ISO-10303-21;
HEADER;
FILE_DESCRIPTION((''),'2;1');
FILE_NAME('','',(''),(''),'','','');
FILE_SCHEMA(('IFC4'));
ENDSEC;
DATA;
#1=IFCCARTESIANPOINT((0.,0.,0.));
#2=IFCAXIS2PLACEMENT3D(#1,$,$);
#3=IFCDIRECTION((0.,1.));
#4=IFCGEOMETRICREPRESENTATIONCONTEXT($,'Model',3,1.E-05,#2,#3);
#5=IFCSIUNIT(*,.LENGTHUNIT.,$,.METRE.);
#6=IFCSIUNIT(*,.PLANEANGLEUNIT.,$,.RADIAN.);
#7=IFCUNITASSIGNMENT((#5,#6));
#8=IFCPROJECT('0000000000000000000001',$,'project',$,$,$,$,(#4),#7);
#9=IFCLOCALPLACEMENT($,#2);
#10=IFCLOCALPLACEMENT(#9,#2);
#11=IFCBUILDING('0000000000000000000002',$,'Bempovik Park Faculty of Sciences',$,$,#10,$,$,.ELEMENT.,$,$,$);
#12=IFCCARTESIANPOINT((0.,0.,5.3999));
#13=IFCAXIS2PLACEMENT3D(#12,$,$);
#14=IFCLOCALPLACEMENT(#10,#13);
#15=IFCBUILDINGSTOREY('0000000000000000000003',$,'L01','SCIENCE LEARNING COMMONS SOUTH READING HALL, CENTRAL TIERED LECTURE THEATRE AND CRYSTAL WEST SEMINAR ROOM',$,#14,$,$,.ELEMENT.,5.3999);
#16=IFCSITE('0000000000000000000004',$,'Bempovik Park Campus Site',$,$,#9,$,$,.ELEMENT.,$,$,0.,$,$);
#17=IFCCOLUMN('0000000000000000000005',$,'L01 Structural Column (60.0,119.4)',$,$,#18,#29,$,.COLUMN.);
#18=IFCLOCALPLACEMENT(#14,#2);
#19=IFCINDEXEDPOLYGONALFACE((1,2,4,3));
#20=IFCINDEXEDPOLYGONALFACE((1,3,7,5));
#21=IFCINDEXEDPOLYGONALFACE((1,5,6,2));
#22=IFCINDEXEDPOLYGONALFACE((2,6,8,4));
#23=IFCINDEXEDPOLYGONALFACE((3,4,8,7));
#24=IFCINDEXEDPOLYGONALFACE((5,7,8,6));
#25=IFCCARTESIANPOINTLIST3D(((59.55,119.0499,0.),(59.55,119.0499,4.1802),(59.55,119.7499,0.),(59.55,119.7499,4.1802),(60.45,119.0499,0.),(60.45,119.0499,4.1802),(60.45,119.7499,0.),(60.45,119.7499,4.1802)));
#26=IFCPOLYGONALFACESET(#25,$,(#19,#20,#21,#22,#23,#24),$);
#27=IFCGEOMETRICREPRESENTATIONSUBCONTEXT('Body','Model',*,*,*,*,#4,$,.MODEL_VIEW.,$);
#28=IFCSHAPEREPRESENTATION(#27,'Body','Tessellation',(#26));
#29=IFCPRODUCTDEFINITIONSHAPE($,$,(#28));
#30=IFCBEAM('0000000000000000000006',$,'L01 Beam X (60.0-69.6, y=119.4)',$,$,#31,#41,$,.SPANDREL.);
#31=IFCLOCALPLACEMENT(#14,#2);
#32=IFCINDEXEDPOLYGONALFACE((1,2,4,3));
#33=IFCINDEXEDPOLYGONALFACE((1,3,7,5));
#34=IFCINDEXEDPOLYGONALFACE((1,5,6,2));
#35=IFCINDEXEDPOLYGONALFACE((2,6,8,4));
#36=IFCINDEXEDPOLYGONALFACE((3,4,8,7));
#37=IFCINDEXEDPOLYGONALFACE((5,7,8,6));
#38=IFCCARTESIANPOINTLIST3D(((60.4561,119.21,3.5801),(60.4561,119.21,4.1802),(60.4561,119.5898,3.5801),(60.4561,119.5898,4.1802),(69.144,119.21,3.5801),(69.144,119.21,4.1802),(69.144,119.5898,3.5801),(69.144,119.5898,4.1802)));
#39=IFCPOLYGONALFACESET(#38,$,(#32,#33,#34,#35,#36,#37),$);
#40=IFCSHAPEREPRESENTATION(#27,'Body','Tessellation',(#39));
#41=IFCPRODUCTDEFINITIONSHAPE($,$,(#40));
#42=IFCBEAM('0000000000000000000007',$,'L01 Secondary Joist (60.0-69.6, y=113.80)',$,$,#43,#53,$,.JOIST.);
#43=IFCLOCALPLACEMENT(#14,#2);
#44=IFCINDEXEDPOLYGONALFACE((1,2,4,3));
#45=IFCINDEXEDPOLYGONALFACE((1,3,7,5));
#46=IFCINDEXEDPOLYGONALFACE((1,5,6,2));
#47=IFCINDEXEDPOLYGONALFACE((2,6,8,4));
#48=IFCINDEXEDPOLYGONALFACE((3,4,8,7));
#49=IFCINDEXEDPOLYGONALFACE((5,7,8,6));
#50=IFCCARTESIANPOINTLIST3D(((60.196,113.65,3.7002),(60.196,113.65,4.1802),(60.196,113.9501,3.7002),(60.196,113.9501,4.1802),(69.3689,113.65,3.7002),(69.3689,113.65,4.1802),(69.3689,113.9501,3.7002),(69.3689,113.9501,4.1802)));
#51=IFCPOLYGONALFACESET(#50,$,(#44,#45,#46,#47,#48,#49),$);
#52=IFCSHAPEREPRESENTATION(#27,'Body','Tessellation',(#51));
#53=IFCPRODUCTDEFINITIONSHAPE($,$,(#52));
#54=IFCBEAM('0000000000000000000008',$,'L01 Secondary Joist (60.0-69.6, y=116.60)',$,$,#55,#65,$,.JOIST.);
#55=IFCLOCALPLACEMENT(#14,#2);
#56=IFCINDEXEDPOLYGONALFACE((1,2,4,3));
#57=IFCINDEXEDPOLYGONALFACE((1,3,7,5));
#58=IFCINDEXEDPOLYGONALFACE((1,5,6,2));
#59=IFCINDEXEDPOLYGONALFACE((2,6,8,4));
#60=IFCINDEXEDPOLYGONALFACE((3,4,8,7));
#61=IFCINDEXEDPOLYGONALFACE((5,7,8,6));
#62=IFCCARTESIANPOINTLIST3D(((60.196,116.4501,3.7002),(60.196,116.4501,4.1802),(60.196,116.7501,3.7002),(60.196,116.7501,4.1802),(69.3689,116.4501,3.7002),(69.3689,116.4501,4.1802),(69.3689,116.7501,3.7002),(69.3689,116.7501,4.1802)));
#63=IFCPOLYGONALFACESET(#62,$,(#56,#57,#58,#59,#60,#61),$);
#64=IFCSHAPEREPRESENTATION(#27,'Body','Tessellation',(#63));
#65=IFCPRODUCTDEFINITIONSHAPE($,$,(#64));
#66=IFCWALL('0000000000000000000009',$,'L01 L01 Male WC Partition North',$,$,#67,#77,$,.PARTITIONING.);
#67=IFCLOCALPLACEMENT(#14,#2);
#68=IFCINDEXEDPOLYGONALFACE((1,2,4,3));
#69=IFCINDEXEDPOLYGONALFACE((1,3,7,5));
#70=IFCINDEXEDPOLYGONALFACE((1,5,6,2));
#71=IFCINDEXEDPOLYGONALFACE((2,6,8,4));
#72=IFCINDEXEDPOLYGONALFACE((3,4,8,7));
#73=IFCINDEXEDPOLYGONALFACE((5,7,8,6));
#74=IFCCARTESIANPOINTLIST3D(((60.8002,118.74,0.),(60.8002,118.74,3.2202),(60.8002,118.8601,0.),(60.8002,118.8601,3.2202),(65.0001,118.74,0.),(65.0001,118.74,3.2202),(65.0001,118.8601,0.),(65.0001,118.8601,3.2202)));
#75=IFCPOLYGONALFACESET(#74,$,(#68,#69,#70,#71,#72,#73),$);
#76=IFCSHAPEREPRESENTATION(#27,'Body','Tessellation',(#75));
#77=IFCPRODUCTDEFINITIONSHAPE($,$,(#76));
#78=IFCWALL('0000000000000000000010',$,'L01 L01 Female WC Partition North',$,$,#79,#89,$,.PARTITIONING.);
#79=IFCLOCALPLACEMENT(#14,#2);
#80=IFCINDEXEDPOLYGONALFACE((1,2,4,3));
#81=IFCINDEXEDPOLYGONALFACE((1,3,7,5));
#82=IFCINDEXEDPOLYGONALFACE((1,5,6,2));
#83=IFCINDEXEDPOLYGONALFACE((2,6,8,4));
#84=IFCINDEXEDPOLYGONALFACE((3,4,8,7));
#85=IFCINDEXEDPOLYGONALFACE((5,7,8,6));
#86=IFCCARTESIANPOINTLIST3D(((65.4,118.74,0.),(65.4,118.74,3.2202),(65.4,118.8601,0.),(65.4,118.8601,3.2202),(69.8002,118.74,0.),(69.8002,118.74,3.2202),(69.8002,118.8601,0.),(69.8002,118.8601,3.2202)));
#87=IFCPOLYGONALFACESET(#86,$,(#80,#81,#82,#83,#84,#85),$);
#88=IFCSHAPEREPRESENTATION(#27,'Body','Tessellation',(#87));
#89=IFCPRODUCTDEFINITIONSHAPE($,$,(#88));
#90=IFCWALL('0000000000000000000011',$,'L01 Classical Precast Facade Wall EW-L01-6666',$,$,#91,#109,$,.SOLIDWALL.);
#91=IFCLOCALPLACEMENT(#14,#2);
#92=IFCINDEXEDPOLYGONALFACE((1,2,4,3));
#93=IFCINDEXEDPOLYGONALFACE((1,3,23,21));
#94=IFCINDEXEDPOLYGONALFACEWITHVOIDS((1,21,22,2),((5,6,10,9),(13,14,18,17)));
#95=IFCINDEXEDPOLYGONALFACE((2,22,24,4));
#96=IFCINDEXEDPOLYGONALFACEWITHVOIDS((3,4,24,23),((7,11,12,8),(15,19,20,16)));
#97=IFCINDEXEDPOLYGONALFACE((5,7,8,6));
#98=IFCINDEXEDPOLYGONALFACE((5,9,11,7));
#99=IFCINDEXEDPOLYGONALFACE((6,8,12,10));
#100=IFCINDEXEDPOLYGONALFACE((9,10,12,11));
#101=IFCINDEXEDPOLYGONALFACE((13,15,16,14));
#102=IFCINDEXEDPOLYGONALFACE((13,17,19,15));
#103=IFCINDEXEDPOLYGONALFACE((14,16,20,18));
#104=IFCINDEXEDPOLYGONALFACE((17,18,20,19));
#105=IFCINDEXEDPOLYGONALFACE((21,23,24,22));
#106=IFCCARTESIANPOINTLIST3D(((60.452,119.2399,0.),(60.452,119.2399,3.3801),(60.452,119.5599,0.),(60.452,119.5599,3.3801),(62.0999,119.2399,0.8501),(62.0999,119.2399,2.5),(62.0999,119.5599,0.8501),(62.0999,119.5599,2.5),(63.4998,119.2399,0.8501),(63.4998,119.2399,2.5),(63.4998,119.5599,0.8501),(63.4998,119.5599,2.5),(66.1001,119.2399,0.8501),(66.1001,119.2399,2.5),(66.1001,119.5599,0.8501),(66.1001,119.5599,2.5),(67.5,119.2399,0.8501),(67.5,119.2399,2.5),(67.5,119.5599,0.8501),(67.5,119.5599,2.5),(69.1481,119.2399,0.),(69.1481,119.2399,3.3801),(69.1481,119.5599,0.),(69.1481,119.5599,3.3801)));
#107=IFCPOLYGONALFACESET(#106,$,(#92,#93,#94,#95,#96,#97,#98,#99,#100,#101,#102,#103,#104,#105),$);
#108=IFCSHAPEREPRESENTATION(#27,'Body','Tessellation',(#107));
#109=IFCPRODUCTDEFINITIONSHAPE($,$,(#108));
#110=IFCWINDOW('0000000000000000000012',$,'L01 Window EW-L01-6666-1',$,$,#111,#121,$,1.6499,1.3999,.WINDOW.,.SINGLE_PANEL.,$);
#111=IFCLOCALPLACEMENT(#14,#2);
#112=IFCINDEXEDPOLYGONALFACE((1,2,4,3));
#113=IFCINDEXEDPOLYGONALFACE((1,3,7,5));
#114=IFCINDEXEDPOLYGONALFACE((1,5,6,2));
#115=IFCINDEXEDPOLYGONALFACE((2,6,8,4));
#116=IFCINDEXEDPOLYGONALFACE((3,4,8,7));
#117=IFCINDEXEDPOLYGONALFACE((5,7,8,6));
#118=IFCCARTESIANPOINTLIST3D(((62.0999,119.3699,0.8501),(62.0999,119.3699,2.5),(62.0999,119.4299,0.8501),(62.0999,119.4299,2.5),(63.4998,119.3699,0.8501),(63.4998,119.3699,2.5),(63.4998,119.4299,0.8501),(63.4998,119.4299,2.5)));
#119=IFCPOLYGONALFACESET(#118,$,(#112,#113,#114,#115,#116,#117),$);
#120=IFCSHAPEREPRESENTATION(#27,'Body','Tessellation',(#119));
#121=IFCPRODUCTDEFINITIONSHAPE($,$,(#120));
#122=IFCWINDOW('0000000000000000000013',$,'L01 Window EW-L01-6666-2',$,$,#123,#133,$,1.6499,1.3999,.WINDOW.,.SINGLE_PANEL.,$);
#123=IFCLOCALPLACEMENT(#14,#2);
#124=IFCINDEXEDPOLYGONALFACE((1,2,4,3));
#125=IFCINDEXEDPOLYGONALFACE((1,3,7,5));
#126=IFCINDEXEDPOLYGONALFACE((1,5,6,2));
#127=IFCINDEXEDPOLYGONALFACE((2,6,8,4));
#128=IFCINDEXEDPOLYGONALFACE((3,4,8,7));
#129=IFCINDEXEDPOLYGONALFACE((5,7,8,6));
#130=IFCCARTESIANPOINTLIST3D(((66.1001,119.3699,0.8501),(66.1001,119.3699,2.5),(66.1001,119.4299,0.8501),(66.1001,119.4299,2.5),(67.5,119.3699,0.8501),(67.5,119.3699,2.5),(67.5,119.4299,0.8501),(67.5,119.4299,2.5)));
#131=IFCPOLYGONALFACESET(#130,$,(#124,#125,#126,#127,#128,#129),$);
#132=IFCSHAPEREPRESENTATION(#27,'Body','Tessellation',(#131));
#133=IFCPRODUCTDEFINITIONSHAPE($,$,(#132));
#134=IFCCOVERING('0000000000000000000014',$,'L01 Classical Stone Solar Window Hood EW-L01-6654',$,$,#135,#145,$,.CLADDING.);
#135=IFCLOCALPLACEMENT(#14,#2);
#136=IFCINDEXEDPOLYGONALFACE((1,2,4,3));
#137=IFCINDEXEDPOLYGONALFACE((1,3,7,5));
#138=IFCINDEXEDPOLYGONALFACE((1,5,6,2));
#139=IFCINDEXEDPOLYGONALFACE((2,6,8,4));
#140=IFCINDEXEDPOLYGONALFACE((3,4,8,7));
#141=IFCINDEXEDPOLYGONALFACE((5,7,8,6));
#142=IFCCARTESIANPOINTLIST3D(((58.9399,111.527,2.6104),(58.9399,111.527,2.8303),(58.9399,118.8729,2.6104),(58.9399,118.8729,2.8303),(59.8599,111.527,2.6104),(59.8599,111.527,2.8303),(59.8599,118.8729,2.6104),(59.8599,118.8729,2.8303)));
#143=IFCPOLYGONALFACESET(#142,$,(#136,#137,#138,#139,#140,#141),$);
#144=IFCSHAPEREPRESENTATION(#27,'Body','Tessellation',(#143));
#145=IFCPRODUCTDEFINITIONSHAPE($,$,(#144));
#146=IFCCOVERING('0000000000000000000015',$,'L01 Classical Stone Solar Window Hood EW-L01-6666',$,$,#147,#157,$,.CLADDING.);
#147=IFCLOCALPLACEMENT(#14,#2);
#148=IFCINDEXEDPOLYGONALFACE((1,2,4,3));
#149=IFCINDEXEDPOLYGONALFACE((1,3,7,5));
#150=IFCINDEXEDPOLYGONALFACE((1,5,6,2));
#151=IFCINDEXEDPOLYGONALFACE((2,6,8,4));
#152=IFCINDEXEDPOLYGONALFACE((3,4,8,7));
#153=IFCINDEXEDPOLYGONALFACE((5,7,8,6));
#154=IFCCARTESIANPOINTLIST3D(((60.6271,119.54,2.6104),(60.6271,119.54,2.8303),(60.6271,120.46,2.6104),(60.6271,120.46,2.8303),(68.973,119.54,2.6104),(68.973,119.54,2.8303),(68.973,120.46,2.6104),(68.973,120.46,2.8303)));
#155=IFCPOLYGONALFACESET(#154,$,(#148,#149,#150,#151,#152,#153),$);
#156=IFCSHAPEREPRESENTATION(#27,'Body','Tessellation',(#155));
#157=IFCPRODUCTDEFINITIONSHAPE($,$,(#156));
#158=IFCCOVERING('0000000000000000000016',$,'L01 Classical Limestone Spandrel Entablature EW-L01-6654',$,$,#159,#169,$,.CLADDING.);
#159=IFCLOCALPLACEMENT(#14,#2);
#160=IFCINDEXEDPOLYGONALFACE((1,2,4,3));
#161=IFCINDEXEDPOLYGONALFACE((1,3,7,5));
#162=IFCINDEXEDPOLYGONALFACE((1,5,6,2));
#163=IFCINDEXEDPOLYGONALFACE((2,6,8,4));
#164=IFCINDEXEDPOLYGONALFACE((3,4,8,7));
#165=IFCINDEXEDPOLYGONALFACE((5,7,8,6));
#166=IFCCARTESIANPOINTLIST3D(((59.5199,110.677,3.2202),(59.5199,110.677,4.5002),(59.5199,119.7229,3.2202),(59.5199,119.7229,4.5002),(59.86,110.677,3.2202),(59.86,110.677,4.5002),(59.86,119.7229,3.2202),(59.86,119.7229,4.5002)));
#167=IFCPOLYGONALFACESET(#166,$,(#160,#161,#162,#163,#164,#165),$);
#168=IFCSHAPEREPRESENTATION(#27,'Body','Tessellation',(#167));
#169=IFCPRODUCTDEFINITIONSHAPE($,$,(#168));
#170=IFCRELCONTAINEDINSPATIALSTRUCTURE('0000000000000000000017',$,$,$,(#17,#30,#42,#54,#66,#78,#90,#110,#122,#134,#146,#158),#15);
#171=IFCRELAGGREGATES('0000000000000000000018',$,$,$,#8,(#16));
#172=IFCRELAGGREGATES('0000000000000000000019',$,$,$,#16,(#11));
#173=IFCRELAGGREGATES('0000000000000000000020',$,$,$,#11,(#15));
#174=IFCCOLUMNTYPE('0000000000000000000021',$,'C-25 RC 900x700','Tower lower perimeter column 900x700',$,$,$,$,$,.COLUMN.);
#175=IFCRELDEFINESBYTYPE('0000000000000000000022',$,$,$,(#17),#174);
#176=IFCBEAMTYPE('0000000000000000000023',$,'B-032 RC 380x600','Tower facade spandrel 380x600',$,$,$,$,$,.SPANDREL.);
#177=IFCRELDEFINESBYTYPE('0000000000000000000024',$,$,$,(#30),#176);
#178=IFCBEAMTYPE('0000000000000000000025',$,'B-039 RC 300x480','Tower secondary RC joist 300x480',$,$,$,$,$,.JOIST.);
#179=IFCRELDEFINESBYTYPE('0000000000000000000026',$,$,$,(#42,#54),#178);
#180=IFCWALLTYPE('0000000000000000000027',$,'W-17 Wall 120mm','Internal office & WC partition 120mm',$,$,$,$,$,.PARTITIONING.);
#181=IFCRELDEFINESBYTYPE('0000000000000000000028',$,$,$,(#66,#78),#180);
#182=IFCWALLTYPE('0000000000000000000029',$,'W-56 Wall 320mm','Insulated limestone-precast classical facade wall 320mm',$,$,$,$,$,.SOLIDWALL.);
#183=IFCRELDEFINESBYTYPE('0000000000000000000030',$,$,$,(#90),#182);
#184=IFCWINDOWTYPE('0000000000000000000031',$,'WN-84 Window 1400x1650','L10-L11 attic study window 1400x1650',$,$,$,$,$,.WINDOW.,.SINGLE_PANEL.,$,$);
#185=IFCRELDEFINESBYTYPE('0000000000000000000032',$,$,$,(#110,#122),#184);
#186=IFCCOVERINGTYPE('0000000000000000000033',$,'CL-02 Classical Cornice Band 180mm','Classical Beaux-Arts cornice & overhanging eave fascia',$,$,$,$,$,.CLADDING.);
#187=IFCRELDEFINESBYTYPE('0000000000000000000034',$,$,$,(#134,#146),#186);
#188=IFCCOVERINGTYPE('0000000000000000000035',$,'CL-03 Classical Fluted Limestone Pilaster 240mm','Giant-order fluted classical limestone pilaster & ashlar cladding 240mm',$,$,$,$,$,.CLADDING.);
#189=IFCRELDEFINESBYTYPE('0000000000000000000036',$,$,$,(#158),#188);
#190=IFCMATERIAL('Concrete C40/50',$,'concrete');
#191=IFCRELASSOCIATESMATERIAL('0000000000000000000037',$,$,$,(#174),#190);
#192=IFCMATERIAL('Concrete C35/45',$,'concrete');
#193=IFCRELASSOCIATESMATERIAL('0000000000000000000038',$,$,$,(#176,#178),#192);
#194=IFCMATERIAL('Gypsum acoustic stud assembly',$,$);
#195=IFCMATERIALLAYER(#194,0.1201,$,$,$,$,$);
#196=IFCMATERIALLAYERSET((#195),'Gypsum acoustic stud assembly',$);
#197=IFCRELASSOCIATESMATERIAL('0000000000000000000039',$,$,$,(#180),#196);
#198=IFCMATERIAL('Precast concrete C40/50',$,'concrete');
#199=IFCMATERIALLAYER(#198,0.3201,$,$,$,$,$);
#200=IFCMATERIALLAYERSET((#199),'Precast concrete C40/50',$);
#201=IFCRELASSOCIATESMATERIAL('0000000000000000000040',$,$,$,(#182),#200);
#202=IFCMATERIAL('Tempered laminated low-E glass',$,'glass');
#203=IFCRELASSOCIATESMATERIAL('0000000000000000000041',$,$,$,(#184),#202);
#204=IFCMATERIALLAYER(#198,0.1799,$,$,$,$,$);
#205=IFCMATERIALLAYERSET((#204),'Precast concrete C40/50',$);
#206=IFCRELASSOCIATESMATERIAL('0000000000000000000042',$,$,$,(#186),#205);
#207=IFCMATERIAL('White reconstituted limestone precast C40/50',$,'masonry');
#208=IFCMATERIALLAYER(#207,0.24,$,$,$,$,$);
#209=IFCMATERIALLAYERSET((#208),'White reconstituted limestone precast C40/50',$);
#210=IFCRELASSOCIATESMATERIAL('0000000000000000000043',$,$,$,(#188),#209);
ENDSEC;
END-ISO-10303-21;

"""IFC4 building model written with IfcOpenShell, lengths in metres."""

from ifc_helpers import new_model, si_unit, direction, frame, frame_2d, origin, origin_2d, place, context, subcontext, project, spatial, rectangle, extrude, material, layer, layer_set, material_profile, profile_set, type_object, element, fill, save


model = new_model("IFC4")

# Units and contexts
model_context = context("Model", 3, precision=1e-05, world=origin(), true_north=direction((0.0, 1.0)))
body_context = subcontext(model_context, "Body", "Model", "MODEL_VIEW")
ifc_project = project(units=[si_unit("LENGTHUNIT", "METRE"), si_unit("PLANEANGLEUNIT", "RADIAN")], contexts=[model_context])

# Site, building, storey
site_placement = place(None, origin())
site = spatial("IfcSite", under=ifc_project, at=site_placement, Name="Bempovik Park Campus Site", CompositionType="ELEMENT", RefElevation=0.0)
building_placement = place(site_placement, origin())
building = spatial("IfcBuilding", under=site, at=building_placement, Name="Bempovik Park Faculty of Sciences", CompositionType="ELEMENT")
storey_placement = place(building_placement, frame((0.0, 0.0, 5.3999)))
storey = spatial("IfcBuildingStorey", under=building, at=storey_placement, Name="L01", Description="SCIENCE LEARNING COMMONS SOUTH READING HALL, CENTRAL TIERED LECTURE THEATRE AND CRYSTAL WEST SEMINAR ROOM", CompositionType="ELEMENT", Elevation=5.3999)

# Column
ifc_material_1 = material(Name="Concrete C40/50", Category="concrete")
ifc_material_profile_1 = material_profile(ifc_material_1, rectangle(XDim=0.8999, YDim=0.7, at=origin_2d()), Name="RC 900x700")
ifc_profile_set_1 = profile_set([ifc_material_profile_1], Name="Concrete C40/50")
column_type = type_object("IfcColumnType", Name="C-25 RC 900x700", Description="Tower lower perimeter column 900x700", PredefinedType="COLUMN", material=ifc_profile_set_1)
column_placement = place(storey_placement, frame((60.0, 119.3999, 0.0), z_axis=(0.0, 0.0, 1.0), x_axis=(1.0, 0.0, 0.0)))
element("IfcColumn", 1, at=column_placement, inside=storey, type_object=column_type, Name="L01 Structural Column (60.0,119.4)", PredefinedType="COLUMN", context=body_context, shape_type="SweptSolid", body=[
    extrude(rectangle(XDim=0.8999, YDim=0.7, at=origin_2d()), origin(), (0.0, 0.0, 1.0), 4.1802),
])

# Beams
ifc_material_2 = material(Name="Concrete C35/45", Category="concrete")
ifc_material_profile_2 = material_profile(ifc_material_2, rectangle(XDim=0.3799, YDim=0.6001, at=origin_2d()), Name="RC 380x600")
ifc_profile_set_2 = profile_set([ifc_material_profile_2], Name="Concrete C35/45")
beam_type_1 = type_object("IfcBeamType", Name="B-032 RC 380x600", Description="Tower facade spandrel 380x600", PredefinedType="SPANDREL", material=ifc_profile_set_2)
beam_placement = place(storey_placement, frame((60.4561, 119.3999, 3.8801), z_axis=(1.0, 0.0, 0.0), x_axis=(0.0, 1.0, 0.0)))
element("IfcBeam", 2, at=beam_placement, inside=storey, type_object=beam_type_1, Name="L01 Beam X (60.0-69.6, y=119.4)", PredefinedType="SPANDREL", context=body_context, shape_type="SweptSolid", body=[
    extrude(rectangle(XDim=0.3799, YDim=0.6001, at=origin_2d()), origin(), (0.0, 0.0, 1.0), 8.688),
])
ifc_material_profile_3 = material_profile(ifc_material_2, rectangle(XDim=0.3, YDim=0.48, at=origin_2d()), Name="RC 300x480")
ifc_profile_set_3 = profile_set([ifc_material_profile_3], Name="Concrete C35/45")
beam_type_2 = type_object("IfcBeamType", Name="B-039 RC 300x480", Description="Tower secondary RC joist 300x480", PredefinedType="JOIST", material=ifc_profile_set_3)
for number, where, z_axis, x_axis, name in (
    (3, (60.196, 113.8, 3.9402), (1.0, 0.0, 0.0), (0.0, 1.0, 0.0), "L01 Secondary Joist (60.0-69.6, y=113.80)"),
    (4, (60.196, 116.6001, 3.9402), (1.0, 0.0, 0.0), (0.0, 1.0, 0.0), "L01 Secondary Joist (60.0-69.6, y=116.60)"),
):
    element("IfcBeam", number, at=place(storey_placement, frame(where, z_axis=z_axis, x_axis=x_axis)), inside=storey, type_object=beam_type_2, Name=name, PredefinedType="JOIST", context=body_context, shape_type="SweptSolid", body=[
        extrude(rectangle(XDim=0.3, YDim=0.48, at=origin_2d()), origin(), (0.0, 0.0, 1.0), 9.1729),
    ])

# Walls
ifc_material_3 = material(Name="Gypsum acoustic stud assembly")
ifc_layer_1 = layer(ifc_material_3, 0.1201)
ifc_layer_set_1 = layer_set([ifc_layer_1], Name="Gypsum acoustic stud assembly")
wall_type_1 = type_object("IfcWallType", Name="W-17 Wall 120mm", Description="Internal office & WC partition 120mm", PredefinedType="PARTITIONING", material=ifc_layer_set_1)
wall_1_placement = place(storey_placement, frame((60.8, 118.8, 0.0), z_axis=(0.0, 0.0, 1.0), x_axis=(1.0, 0.0, 0.0)))
element("IfcWall", 5, at=wall_1_placement, inside=storey, type_object=wall_type_1, Name="L01 L01 Male WC Partition North", PredefinedType="PARTITIONING", context=body_context, shape_type="SweptSolid", body=[
    extrude(rectangle(XDim=4.2, YDim=0.1201, at=frame_2d((2.1001, 0.0))), origin(), (0.0, 0.0, 1.0), 3.2202),
])
wall_2_placement = place(storey_placement, frame((65.3999, 118.8, 0.0), z_axis=(0.0, 0.0, 1.0), x_axis=(1.0, 0.0, 0.0)))
element("IfcWall", 6, at=wall_2_placement, inside=storey, type_object=wall_type_1, Name="L01 L01 Female WC Partition North", PredefinedType="PARTITIONING", context=body_context, shape_type="SweptSolid", body=[
    extrude(rectangle(XDim=4.4001, YDim=0.1201, at=frame_2d((2.2002, 0.0))), origin(), (0.0, 0.0, 1.0), 3.2202),
])

# Wall, openings, windows
ifc_material_4 = material(Name="Precast concrete C40/50", Category="concrete")
ifc_layer_2 = layer(ifc_material_4, 0.3201)
ifc_layer_set_2 = layer_set([ifc_layer_2], Name="Precast concrete C40/50")
wall_type_2 = type_object("IfcWallType", Name="W-56 Wall 320mm", Description="Insulated limestone-precast classical facade wall 320mm", PredefinedType="SOLIDWALL", material=ifc_layer_set_2)
wall_3_placement = place(storey_placement, frame((60.4519, 119.3999, 0.0), z_axis=(0.0, 0.0, 1.0), x_axis=(1.0, 0.0, 0.0)))
wall_3 = element("IfcWall", 7, at=wall_3_placement, inside=storey, type_object=wall_type_2, Name="L01 Classical Precast Facade Wall EW-L01-6666", PredefinedType="SOLIDWALL", context=body_context, shape_type="SweptSolid", body=[
    extrude(rectangle(XDim=8.696, YDim=0.3201, at=frame_2d((4.3481, 0.0))), origin(), (0.0, 0.0, 1.0), 3.3801),
])
opening_1_placement = place(wall_3_placement, frame((1.6479, 0.0, 0.8501)))
opening_1 = element("IfcOpeningElement", 8, at=opening_1_placement, cuts=wall_3, PredefinedType="OPENING", context=body_context, shape_type="SweptSolid", body=[
    extrude(rectangle(XDim=1.3999, YDim=1.6499, at=frame_2d((0.7, 0.825))), frame((0.0, 0.1699, 0.0), z_axis=(0.0, -1.0, 0.0), x_axis=(1.0, 0.0, 0.0)), (0.0, 0.0, 1.0), 0.3401),
])
opening_2_placement = place(wall_3_placement, frame((5.6482, 0.0, 0.8501)))
opening_2 = element("IfcOpeningElement", 9, at=opening_2_placement, cuts=wall_3, PredefinedType="OPENING", context=body_context, shape_type="SweptSolid", body=[
    extrude(rectangle(XDim=1.3999, YDim=1.6499, at=frame_2d((0.7, 0.825))), frame((0.0, 0.1699, 0.0), z_axis=(0.0, -1.0, 0.0), x_axis=(1.0, 0.0, 0.0)), (0.0, 0.0, 1.0), 0.3401),
])
ifc_material_5 = material(Name="Tempered laminated low-E glass", Category="glass")
window_type = type_object("IfcWindowType", Name="WN-84 Window 1400x1650", Description="L10-L11 attic study window 1400x1650", PartitioningType="SINGLE_PANEL", PredefinedType="WINDOW", material=ifc_material_5)
window_1_placement = place(opening_1_placement, origin())
window_1 = element("IfcWindow", 10, at=window_1_placement, inside=storey, type_object=window_type, Name="L01 Window EW-L01-6666-1", OverallHeight=1.6499, OverallWidth=1.3999, PartitioningType="SINGLE_PANEL", PredefinedType="WINDOW", context=body_context, shape_type="SweptSolid", body=[
    extrude(rectangle(XDim=1.3999, YDim=1.6499, at=frame_2d((0.7, 0.825))), frame((0.0, 0.03, 0.0), z_axis=(0.0, -1.0, 0.0), x_axis=(1.0, 0.0, 0.0)), (0.0, 0.0, 1.0), 0.0601),
])
fill(opening_1, window_1)
window_2_placement = place(opening_2_placement, origin())
window_2 = element("IfcWindow", 11, at=window_2_placement, inside=storey, type_object=window_type, Name="L01 Window EW-L01-6666-2", OverallHeight=1.6499, OverallWidth=1.3999, PartitioningType="SINGLE_PANEL", PredefinedType="WINDOW", context=body_context, shape_type="SweptSolid", body=[
    extrude(rectangle(XDim=1.3999, YDim=1.6499, at=frame_2d((0.7, 0.825))), frame((0.0, 0.03, 0.0), z_axis=(0.0, -1.0, 0.0), x_axis=(1.0, 0.0, 0.0)), (0.0, 0.0, 1.0), 0.0601),
])
fill(opening_2, window_2)

# Coverings
ifc_layer_3 = layer(ifc_material_4, 0.1799)
ifc_layer_set_3 = layer_set([ifc_layer_3], Name="Precast concrete C40/50")
covering_type_1 = type_object("IfcCoveringType", Name="CL-02 Classical Cornice Band 180mm", Description="Classical Beaux-Arts cornice & overhanging eave fascia", PredefinedType="CLADDING", material=ifc_layer_set_3)
covering_1_placement = place(storey_placement, frame((59.3999, 115.2, 2.6104), z_axis=(0.0, 0.0, 1.0), x_axis=(1.0, 0.0, 0.0)))
element("IfcCovering", 12, at=covering_1_placement, inside=storey, type_object=covering_type_1, Name="L01 Classical Stone Solar Window Hood EW-L01-6654", PredefinedType="CLADDING", context=body_context, shape_type="SweptSolid", body=[
    extrude(rectangle(XDim=0.9199, YDim=7.3459, at=origin_2d()), origin(), (0.0, 0.0, 1.0), 0.22),
])
covering_2_placement = place(storey_placement, frame((64.8, 120.0, 2.6104), z_axis=(0.0, 0.0, 1.0), x_axis=(1.0, 0.0, 0.0)))
element("IfcCovering", 13, at=covering_2_placement, inside=storey, type_object=covering_type_1, Name="L01 Classical Stone Solar Window Hood EW-L01-6666", PredefinedType="CLADDING", context=body_context, shape_type="SweptSolid", body=[
    extrude(rectangle(XDim=8.3459, YDim=0.9199, at=origin_2d()), origin(), (0.0, 0.0, 1.0), 0.22),
])
ifc_material_6 = material(Name="White reconstituted limestone precast C40/50", Category="masonry")
ifc_layer_4 = layer(ifc_material_6, 0.24)
ifc_layer_set_4 = layer_set([ifc_layer_4], Name="White reconstituted limestone precast C40/50")
covering_type_2 = type_object("IfcCoveringType", Name="CL-03 Classical Fluted Limestone Pilaster 240mm", Description="Giant-order fluted classical limestone pilaster & ashlar cladding 240mm", PredefinedType="CLADDING", material=ifc_layer_set_4)
covering_3_placement = place(storey_placement, frame((59.6899, 115.2, 3.2202), z_axis=(0.0, 0.0, 1.0), x_axis=(1.0, 0.0, 0.0)))
element("IfcCovering", 14, at=covering_3_placement, inside=storey, type_object=covering_type_2, Name="L01 Classical Limestone Spandrel Entablature EW-L01-6654", PredefinedType="CLADDING", context=body_context, shape_type="SweptSolid", body=[
    extrude(rectangle(XDim=0.3401, YDim=9.0459, at=origin_2d()), origin(), (0.0, 0.0, 1.0), 1.28),
])

save(model, "model.ifc")
